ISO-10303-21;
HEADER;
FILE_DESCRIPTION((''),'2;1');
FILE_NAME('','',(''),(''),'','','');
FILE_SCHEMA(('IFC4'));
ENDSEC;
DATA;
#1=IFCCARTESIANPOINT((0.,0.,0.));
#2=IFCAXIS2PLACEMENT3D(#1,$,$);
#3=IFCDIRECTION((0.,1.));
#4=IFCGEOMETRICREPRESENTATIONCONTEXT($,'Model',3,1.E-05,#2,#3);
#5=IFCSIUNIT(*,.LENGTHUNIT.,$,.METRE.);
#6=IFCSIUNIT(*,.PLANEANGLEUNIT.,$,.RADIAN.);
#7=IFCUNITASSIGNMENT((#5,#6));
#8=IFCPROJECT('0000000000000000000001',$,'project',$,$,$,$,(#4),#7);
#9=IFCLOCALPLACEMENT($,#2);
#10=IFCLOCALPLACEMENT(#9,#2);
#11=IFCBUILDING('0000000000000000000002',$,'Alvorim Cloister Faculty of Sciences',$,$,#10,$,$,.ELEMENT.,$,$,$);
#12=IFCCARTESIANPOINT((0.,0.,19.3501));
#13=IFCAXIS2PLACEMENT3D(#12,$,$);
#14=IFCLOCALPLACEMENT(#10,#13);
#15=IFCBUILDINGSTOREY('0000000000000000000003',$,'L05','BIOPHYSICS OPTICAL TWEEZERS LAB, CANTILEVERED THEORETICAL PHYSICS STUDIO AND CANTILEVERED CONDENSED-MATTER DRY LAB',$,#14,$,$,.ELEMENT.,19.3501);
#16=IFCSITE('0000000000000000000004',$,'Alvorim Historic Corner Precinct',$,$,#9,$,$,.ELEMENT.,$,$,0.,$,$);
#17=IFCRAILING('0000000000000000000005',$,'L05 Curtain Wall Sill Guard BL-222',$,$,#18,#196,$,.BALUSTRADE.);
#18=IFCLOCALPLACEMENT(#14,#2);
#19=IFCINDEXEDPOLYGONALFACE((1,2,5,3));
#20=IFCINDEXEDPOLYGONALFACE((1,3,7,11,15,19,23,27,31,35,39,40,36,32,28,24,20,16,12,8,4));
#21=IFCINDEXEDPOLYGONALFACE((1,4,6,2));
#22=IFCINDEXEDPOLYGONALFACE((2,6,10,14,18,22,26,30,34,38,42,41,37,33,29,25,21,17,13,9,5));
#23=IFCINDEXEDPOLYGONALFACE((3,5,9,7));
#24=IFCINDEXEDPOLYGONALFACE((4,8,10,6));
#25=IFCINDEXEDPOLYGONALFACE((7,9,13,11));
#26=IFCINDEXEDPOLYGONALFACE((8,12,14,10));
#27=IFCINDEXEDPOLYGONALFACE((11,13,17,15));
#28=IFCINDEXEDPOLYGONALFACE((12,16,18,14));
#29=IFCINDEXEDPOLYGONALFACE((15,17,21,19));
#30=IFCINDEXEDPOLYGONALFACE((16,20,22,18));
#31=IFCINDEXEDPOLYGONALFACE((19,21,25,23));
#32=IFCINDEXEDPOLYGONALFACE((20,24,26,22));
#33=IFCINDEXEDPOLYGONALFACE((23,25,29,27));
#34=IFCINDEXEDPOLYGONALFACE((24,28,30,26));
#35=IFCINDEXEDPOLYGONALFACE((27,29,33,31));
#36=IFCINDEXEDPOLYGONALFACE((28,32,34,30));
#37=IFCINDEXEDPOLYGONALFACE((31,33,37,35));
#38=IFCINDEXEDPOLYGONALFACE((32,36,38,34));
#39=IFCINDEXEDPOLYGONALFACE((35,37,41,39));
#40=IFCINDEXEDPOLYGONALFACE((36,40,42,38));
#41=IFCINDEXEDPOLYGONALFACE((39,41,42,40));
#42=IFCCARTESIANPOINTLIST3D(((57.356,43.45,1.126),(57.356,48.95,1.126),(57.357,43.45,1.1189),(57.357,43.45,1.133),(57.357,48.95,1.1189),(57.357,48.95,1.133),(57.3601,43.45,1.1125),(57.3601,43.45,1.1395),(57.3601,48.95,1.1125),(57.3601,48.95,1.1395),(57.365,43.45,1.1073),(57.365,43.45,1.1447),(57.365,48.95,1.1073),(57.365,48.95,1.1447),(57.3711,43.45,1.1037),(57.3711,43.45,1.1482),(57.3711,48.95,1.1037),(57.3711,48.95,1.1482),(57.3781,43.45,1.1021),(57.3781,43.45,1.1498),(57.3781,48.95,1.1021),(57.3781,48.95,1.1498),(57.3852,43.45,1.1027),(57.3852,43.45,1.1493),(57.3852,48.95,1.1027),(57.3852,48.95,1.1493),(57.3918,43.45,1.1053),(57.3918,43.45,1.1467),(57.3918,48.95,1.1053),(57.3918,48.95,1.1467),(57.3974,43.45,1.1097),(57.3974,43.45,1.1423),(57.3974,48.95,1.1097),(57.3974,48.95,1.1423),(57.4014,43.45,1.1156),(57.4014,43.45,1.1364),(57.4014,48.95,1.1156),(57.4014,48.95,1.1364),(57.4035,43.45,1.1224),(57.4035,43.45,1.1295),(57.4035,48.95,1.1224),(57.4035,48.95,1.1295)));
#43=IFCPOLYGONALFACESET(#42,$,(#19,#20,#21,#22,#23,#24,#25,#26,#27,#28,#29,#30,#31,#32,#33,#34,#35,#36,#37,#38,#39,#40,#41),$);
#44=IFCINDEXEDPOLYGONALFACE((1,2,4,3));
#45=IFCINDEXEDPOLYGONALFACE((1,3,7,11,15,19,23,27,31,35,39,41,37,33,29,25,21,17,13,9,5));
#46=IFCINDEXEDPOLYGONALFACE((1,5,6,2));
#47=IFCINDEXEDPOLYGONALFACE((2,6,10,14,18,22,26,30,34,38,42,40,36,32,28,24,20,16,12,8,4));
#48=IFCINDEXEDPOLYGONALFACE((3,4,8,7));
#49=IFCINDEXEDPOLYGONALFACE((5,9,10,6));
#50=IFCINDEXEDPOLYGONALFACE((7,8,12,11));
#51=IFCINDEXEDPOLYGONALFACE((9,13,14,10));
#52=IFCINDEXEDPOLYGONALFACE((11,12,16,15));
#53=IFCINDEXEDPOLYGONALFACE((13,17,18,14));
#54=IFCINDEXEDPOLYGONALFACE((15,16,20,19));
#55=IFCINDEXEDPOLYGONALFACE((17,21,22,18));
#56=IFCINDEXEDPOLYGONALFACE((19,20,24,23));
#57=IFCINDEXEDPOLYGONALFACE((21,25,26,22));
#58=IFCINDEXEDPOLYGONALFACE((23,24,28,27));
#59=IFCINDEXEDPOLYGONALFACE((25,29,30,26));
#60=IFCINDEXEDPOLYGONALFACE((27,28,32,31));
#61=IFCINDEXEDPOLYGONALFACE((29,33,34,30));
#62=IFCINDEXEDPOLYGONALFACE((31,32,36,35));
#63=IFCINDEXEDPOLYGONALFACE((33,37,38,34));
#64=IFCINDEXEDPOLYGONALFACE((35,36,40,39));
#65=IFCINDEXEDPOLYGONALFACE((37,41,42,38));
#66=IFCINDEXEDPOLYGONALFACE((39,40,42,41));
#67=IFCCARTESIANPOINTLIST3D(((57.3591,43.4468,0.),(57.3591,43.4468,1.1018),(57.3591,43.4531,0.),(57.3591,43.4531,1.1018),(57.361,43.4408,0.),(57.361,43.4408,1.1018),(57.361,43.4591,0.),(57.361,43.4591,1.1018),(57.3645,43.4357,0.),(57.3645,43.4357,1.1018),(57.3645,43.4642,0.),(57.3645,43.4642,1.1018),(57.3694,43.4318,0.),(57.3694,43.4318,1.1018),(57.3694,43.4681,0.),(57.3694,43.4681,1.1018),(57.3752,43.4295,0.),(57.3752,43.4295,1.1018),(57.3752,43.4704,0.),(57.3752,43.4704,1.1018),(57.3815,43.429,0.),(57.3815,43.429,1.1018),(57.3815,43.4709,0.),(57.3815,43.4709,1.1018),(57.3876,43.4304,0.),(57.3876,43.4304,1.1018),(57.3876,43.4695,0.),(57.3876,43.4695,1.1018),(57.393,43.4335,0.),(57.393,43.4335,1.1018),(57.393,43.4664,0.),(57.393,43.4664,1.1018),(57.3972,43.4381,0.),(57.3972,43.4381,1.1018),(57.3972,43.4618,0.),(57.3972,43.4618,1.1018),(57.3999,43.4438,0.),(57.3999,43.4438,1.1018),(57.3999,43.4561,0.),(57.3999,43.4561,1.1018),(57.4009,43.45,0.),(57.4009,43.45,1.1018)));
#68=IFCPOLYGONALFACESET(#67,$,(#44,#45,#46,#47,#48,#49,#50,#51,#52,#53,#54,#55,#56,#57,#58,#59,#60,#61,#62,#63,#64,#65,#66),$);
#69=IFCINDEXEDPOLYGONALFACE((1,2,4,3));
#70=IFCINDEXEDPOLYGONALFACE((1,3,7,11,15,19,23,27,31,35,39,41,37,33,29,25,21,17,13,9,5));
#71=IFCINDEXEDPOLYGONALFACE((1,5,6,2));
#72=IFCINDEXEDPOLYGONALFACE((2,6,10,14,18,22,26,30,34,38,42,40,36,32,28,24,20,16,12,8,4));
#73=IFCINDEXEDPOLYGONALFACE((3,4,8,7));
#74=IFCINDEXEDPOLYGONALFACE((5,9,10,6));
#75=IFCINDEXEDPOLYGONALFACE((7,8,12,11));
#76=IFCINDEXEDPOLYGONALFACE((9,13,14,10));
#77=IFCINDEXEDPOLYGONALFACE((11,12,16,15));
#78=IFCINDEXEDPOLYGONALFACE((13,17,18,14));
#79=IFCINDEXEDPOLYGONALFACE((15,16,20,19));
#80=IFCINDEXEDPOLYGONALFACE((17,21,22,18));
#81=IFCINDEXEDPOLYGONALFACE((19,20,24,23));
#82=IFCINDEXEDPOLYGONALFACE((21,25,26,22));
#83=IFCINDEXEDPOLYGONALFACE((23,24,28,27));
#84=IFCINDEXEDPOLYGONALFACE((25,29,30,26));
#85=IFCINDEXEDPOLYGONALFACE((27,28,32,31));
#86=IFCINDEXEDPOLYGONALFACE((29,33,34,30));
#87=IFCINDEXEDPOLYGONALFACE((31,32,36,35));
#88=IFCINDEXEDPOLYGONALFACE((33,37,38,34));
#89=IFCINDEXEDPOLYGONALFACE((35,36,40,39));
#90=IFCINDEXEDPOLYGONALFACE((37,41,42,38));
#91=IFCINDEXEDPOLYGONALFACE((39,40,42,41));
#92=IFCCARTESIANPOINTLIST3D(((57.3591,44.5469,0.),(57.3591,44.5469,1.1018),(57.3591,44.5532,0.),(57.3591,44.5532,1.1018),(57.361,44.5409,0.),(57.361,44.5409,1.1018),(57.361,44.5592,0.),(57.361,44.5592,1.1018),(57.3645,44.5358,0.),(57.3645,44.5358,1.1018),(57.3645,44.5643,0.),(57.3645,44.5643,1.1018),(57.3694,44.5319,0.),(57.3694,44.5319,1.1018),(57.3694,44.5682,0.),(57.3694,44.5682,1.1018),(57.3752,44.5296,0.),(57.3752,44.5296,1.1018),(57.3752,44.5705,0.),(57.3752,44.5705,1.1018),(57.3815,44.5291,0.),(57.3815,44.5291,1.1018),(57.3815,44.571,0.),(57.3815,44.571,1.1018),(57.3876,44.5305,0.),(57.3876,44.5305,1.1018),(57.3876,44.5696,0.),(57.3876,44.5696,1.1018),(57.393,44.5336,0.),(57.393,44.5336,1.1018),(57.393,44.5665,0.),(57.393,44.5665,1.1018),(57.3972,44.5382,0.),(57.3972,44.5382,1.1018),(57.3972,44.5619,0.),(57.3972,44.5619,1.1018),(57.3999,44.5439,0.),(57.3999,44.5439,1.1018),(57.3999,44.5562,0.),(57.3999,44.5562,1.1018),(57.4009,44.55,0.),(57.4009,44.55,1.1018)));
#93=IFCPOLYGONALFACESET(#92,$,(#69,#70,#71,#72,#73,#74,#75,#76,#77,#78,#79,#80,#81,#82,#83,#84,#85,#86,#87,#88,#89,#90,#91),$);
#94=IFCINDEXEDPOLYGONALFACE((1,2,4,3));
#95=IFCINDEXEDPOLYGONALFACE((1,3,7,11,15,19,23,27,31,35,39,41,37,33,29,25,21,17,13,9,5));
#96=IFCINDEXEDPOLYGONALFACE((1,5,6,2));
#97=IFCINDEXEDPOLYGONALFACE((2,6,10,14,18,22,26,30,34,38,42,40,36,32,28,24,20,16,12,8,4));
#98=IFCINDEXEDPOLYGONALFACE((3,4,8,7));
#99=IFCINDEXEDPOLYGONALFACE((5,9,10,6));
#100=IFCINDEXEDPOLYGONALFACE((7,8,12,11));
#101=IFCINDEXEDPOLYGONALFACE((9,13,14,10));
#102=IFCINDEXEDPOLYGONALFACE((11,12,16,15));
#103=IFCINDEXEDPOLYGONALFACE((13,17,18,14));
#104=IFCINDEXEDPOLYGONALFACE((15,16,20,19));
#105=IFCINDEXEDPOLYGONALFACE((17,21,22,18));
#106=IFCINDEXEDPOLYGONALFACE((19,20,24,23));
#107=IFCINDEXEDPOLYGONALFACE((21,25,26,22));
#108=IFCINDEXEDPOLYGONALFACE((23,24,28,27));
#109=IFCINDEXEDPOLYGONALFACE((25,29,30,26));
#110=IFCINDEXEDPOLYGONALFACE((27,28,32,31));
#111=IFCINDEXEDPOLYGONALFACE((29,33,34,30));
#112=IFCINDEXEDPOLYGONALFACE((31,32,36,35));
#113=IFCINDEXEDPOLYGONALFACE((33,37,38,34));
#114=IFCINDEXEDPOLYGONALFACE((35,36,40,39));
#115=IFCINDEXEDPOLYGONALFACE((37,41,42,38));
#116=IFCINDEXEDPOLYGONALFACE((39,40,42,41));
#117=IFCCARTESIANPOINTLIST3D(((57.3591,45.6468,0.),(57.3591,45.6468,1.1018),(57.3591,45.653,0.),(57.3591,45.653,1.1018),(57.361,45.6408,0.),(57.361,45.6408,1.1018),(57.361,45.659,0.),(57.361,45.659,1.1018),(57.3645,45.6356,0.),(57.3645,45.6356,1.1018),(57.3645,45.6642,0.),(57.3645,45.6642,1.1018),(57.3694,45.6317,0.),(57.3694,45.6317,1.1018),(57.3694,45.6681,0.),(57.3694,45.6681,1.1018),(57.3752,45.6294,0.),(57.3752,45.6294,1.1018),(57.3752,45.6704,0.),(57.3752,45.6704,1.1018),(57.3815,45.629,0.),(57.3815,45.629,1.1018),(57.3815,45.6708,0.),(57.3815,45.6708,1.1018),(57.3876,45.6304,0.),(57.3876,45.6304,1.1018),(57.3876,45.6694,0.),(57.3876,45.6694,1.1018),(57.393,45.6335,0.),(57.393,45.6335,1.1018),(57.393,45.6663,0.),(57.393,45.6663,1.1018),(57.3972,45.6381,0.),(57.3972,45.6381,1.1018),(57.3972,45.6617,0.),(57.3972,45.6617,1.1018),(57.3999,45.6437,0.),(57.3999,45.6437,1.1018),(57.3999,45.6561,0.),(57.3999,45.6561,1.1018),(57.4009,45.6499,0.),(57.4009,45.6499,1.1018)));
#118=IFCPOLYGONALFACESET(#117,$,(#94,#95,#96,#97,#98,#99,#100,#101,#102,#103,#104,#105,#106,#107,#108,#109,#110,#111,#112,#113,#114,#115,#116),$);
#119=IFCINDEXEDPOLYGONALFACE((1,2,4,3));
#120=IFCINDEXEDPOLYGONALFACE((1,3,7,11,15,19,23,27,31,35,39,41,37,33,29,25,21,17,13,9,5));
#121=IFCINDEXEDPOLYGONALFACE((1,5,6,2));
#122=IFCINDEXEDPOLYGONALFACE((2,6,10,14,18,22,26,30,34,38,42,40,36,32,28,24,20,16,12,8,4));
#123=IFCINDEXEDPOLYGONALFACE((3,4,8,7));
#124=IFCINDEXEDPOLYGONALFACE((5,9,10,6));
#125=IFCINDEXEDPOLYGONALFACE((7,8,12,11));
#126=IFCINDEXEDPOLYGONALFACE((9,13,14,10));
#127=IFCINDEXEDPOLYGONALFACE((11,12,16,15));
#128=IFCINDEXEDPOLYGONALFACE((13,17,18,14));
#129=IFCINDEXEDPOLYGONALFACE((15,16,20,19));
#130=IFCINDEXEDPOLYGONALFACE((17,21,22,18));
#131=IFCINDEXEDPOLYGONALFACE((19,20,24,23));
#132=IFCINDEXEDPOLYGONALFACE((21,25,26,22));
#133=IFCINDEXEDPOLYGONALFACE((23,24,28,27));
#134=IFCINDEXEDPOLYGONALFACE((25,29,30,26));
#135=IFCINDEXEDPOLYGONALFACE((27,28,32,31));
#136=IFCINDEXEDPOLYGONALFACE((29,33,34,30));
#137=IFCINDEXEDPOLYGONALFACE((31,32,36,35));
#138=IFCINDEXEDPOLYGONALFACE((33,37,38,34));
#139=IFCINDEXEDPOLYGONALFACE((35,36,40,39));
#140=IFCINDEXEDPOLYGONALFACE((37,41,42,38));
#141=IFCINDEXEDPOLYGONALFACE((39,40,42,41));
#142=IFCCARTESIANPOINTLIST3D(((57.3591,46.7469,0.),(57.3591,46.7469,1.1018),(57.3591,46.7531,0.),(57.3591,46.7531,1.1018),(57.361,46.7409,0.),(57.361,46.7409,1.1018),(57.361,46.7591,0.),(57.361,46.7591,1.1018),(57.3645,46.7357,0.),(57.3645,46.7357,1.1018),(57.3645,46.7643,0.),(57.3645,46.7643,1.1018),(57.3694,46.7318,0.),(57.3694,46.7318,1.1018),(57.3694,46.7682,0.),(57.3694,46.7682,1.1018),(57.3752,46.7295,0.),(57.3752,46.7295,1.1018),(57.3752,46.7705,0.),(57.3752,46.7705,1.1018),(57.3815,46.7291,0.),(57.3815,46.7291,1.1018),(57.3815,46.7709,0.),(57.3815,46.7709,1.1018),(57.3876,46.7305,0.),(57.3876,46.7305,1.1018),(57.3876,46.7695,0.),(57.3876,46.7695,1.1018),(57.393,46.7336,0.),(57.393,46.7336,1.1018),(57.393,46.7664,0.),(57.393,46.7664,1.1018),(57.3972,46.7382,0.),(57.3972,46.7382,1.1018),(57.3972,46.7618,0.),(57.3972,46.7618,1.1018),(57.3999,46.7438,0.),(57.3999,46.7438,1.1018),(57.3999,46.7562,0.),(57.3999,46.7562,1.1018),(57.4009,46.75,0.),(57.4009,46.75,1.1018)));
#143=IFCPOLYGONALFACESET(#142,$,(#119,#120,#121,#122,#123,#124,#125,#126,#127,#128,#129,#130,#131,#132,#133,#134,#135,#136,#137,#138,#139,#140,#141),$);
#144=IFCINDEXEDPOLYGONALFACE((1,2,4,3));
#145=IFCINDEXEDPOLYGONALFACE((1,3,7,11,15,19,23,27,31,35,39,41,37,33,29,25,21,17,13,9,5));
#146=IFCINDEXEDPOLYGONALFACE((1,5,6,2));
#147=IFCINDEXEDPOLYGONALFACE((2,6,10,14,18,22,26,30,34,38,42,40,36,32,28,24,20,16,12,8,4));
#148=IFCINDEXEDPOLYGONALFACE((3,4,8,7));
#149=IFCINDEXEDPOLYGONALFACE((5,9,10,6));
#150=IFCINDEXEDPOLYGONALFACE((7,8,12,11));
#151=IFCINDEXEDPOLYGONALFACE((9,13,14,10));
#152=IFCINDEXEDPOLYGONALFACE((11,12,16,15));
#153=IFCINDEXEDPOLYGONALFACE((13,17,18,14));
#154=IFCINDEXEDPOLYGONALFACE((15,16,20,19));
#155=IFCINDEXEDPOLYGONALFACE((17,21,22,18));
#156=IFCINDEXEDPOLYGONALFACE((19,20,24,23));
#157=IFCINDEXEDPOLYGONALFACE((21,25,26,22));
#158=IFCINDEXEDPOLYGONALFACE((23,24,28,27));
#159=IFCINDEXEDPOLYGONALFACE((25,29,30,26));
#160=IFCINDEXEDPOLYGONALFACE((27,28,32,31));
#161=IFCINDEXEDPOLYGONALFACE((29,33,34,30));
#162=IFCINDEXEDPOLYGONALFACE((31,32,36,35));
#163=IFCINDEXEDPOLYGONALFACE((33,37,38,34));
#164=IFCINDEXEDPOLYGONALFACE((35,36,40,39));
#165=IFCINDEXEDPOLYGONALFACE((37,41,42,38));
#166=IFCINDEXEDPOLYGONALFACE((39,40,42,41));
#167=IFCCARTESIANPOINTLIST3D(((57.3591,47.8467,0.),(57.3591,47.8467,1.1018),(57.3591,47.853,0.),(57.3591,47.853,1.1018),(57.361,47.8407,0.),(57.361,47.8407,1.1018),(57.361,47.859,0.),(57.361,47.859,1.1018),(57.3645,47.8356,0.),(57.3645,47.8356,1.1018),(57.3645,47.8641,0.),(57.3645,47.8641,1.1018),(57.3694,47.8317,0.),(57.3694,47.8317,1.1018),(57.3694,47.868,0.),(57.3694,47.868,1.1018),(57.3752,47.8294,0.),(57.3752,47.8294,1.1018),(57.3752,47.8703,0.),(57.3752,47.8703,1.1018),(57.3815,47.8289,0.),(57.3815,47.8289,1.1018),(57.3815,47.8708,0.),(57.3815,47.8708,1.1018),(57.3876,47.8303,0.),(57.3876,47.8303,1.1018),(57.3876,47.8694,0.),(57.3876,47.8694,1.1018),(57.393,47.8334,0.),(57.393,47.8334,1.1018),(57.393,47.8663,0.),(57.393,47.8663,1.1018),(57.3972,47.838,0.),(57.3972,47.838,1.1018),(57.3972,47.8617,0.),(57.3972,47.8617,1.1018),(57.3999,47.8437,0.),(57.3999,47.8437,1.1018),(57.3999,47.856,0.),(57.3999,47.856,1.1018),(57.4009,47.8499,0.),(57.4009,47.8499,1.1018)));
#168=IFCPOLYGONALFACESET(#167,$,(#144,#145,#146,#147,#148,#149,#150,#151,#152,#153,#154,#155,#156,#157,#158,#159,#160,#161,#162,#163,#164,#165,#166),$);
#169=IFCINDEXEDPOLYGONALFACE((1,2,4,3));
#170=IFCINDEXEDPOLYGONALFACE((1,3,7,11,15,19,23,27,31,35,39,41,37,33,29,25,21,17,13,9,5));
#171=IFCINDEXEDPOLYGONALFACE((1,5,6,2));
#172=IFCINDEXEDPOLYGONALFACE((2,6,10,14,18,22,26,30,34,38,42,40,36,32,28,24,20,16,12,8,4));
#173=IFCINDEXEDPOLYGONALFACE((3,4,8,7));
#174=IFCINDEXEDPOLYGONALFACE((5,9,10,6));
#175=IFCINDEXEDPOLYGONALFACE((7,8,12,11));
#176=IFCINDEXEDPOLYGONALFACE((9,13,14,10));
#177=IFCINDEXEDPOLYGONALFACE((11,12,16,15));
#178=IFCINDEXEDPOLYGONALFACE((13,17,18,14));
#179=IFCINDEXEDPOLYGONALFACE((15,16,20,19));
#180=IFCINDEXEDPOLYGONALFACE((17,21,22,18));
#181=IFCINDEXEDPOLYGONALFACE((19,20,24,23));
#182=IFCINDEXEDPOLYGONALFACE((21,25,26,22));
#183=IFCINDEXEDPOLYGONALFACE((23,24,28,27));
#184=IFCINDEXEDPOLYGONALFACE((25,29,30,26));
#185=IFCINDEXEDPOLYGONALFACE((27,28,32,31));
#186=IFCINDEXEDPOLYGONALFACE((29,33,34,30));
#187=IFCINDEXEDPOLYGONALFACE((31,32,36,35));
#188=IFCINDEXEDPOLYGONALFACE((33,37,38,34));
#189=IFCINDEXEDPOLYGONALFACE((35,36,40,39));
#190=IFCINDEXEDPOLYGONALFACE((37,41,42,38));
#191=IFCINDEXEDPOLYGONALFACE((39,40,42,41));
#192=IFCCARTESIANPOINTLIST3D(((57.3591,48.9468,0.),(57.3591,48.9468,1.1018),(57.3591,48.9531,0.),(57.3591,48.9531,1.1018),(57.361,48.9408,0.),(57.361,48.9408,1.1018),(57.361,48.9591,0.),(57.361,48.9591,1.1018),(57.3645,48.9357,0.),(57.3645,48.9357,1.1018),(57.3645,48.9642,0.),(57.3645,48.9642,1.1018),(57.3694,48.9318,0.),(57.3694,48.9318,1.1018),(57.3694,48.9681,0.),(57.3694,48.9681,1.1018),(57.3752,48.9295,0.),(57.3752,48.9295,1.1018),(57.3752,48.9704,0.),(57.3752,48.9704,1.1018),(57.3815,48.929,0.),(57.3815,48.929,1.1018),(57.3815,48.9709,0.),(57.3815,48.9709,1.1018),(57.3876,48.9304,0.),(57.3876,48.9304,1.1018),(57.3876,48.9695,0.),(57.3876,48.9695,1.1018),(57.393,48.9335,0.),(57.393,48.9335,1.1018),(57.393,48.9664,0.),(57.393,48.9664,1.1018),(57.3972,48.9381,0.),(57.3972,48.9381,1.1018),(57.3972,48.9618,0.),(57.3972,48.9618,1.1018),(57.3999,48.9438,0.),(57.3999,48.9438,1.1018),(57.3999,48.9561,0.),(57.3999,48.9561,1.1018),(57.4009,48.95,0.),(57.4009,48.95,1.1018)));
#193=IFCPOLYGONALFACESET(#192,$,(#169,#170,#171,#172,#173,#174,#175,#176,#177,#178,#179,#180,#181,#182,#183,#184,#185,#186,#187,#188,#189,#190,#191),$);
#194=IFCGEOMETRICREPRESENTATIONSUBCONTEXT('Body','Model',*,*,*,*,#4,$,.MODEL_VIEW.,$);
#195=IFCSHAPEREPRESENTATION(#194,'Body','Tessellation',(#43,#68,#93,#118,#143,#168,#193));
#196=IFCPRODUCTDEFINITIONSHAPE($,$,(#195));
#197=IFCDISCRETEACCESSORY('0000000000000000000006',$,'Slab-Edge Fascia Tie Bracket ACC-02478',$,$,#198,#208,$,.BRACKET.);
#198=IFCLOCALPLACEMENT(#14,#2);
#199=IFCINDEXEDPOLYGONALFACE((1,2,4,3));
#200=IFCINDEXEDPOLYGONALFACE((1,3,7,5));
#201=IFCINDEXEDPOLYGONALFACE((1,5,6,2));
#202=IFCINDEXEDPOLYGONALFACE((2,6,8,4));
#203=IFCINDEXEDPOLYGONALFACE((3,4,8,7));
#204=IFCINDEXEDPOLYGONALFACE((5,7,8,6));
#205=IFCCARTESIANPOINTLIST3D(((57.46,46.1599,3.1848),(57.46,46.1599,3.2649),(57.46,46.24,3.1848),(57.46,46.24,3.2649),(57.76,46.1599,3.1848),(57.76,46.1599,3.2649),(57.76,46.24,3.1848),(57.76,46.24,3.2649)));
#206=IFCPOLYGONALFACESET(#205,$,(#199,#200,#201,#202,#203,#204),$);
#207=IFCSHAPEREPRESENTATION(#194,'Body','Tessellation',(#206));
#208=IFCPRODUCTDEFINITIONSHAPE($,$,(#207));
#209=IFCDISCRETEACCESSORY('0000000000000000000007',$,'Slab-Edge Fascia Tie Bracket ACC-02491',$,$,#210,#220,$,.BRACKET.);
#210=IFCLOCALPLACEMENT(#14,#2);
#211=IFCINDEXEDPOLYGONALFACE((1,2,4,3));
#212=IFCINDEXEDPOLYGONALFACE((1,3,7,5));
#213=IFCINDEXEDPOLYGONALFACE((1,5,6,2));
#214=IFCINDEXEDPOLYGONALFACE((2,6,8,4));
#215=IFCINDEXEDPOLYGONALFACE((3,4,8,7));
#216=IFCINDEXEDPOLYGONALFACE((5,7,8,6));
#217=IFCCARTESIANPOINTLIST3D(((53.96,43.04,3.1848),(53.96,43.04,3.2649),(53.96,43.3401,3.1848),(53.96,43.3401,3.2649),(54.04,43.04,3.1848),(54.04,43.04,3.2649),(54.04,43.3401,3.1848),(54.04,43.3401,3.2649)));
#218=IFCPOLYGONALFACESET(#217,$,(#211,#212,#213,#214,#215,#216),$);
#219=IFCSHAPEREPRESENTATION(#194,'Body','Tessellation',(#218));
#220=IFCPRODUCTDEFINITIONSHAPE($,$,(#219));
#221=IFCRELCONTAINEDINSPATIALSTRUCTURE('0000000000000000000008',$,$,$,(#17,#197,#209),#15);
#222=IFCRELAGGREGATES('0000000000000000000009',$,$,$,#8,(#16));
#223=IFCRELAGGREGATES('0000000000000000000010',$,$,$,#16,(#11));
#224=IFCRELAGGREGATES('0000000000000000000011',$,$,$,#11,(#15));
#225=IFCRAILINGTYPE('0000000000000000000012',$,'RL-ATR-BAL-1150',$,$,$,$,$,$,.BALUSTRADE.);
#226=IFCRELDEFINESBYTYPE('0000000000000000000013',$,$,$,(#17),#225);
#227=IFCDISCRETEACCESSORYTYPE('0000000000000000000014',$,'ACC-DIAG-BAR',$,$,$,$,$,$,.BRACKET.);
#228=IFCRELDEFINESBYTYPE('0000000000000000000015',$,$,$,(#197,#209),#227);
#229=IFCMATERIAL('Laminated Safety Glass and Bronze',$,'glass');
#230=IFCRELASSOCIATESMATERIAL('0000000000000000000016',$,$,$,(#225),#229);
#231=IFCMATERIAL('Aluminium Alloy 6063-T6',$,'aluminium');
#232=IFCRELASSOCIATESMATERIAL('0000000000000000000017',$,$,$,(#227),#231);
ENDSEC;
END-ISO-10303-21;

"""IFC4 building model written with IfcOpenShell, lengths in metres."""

from ifc_helpers import new_model, si_unit, direction, frame, origin, origin_2d, place, context, subcontext, project, spatial, rectangle, circle, extrude, material, type_object, element, save


model = new_model("IFC4")

# Units and contexts
model_context = context("Model", 3, precision=1e-05, world=origin(), true_north=direction((0.0, 1.0)))
body_context = subcontext(model_context, "Body", "Model", "MODEL_VIEW")
ifc_project = project(units=[si_unit("LENGTHUNIT", "METRE"), si_unit("PLANEANGLEUNIT", "RADIAN")], contexts=[model_context])

# Site, building, storey
site_placement = place(None, origin())
site = spatial("IfcSite", under=ifc_project, at=site_placement, Name="Alvorim Historic Corner Precinct", CompositionType="ELEMENT", RefElevation=0.0)
building_placement = place(site_placement, origin())
building = spatial("IfcBuilding", under=site, at=building_placement, Name="Alvorim Cloister Faculty of Sciences", CompositionType="ELEMENT")
storey_placement = place(building_placement, frame((0.0, 0.0, 19.3501)))
storey = spatial("IfcBuildingStorey", under=building, at=storey_placement, Name="L05", Description="BIOPHYSICS OPTICAL TWEEZERS LAB, CANTILEVERED THEORETICAL PHYSICS STUDIO AND CANTILEVERED CONDENSED-MATTER DRY LAB", CompositionType="ELEMENT", Elevation=19.3501)

# Shared definitions
ifc_material_1 = material(Name="Aluminium Alloy 6063-T6", Category="aluminium")

# Railing
ifc_material_2 = material(Name="Laminated Safety Glass and Bronze", Category="glass")
railing_type = type_object("IfcRailingType", Name="RL-ATR-BAL-1150", PredefinedType="BALUSTRADE", material=ifc_material_2)
railing_1_placement = place(storey_placement, frame((57.3799, 43.45, 0.0)))
element("IfcRailing", 1, at=railing_1_placement, inside=storey, type_object=railing_type, Name="L05 Curtain Wall Sill Guard BL-222", PredefinedType="BALUSTRADE", context=body_context, shape_type="SweptSolid", body=[
    extrude(circle(Radius=0.0239, at=origin_2d()), frame((0.0, 0.0, 1.126), z_axis=(0.0, 1.0, 0.0), x_axis=(-1.0, 0.0, 0.0)), (0.0, 0.0, 1.0), 5.5),
    extrude(circle(Radius=0.021, at=origin_2d()), origin(), (0.0, 0.0, 1.0), 1.1018),
    extrude(circle(Radius=0.021, at=origin_2d()), frame((0.0, 1.1001, 0.0)), (0.0, 0.0, 1.0), 1.1018),
    extrude(circle(Radius=0.021, at=origin_2d()), frame((0.0, 2.2, 0.0)), (0.0, 0.0, 1.0), 1.1018),
    extrude(circle(Radius=0.021, at=origin_2d()), frame((0.0, 3.3, 0.0)), (0.0, 0.0, 1.0), 1.1018),
    extrude(circle(Radius=0.021, at=origin_2d()), frame((0.0, 4.3999, 0.0)), (0.0, 0.0, 1.0), 1.1018),
    extrude(circle(Radius=0.021, at=origin_2d()), frame((0.0, 5.5, 0.0)), (0.0, 0.0, 1.0), 1.1018),
])

# Discrete accessories
discrete_accessory_type = type_object("IfcDiscreteAccessoryType", Name="ACC-DIAG-BAR", PredefinedType="BRACKET", material=ifc_material_1)
for number, where, z_axis, x_axis, name in (
    (2, (57.46, 46.2, 3.2249), (1.0, 0.0, 0.0), (0.0, 1.0, 0.0), "Slab-Edge Fascia Tie Bracket ACC-02478"),
    (3, (54.0, 43.3401, 3.2249), (0.0, -1.0, 0.0), (1.0, 0.0, 0.0), "Slab-Edge Fascia Tie Bracket ACC-02491"),
):
    element("IfcDiscreteAccessory", number, at=place(storey_placement, frame(where, z_axis=z_axis, x_axis=x_axis)), inside=storey, type_object=discrete_accessory_type, Name=name, PredefinedType="BRACKET", context=body_context, shape_type="SweptSolid", body=[
        extrude(rectangle(XDim=0.0801, YDim=0.0801, at=origin_2d()), origin(), (0.0, 0.0, 1.0), 0.3),
    ])

save(model, "model.ifc")
